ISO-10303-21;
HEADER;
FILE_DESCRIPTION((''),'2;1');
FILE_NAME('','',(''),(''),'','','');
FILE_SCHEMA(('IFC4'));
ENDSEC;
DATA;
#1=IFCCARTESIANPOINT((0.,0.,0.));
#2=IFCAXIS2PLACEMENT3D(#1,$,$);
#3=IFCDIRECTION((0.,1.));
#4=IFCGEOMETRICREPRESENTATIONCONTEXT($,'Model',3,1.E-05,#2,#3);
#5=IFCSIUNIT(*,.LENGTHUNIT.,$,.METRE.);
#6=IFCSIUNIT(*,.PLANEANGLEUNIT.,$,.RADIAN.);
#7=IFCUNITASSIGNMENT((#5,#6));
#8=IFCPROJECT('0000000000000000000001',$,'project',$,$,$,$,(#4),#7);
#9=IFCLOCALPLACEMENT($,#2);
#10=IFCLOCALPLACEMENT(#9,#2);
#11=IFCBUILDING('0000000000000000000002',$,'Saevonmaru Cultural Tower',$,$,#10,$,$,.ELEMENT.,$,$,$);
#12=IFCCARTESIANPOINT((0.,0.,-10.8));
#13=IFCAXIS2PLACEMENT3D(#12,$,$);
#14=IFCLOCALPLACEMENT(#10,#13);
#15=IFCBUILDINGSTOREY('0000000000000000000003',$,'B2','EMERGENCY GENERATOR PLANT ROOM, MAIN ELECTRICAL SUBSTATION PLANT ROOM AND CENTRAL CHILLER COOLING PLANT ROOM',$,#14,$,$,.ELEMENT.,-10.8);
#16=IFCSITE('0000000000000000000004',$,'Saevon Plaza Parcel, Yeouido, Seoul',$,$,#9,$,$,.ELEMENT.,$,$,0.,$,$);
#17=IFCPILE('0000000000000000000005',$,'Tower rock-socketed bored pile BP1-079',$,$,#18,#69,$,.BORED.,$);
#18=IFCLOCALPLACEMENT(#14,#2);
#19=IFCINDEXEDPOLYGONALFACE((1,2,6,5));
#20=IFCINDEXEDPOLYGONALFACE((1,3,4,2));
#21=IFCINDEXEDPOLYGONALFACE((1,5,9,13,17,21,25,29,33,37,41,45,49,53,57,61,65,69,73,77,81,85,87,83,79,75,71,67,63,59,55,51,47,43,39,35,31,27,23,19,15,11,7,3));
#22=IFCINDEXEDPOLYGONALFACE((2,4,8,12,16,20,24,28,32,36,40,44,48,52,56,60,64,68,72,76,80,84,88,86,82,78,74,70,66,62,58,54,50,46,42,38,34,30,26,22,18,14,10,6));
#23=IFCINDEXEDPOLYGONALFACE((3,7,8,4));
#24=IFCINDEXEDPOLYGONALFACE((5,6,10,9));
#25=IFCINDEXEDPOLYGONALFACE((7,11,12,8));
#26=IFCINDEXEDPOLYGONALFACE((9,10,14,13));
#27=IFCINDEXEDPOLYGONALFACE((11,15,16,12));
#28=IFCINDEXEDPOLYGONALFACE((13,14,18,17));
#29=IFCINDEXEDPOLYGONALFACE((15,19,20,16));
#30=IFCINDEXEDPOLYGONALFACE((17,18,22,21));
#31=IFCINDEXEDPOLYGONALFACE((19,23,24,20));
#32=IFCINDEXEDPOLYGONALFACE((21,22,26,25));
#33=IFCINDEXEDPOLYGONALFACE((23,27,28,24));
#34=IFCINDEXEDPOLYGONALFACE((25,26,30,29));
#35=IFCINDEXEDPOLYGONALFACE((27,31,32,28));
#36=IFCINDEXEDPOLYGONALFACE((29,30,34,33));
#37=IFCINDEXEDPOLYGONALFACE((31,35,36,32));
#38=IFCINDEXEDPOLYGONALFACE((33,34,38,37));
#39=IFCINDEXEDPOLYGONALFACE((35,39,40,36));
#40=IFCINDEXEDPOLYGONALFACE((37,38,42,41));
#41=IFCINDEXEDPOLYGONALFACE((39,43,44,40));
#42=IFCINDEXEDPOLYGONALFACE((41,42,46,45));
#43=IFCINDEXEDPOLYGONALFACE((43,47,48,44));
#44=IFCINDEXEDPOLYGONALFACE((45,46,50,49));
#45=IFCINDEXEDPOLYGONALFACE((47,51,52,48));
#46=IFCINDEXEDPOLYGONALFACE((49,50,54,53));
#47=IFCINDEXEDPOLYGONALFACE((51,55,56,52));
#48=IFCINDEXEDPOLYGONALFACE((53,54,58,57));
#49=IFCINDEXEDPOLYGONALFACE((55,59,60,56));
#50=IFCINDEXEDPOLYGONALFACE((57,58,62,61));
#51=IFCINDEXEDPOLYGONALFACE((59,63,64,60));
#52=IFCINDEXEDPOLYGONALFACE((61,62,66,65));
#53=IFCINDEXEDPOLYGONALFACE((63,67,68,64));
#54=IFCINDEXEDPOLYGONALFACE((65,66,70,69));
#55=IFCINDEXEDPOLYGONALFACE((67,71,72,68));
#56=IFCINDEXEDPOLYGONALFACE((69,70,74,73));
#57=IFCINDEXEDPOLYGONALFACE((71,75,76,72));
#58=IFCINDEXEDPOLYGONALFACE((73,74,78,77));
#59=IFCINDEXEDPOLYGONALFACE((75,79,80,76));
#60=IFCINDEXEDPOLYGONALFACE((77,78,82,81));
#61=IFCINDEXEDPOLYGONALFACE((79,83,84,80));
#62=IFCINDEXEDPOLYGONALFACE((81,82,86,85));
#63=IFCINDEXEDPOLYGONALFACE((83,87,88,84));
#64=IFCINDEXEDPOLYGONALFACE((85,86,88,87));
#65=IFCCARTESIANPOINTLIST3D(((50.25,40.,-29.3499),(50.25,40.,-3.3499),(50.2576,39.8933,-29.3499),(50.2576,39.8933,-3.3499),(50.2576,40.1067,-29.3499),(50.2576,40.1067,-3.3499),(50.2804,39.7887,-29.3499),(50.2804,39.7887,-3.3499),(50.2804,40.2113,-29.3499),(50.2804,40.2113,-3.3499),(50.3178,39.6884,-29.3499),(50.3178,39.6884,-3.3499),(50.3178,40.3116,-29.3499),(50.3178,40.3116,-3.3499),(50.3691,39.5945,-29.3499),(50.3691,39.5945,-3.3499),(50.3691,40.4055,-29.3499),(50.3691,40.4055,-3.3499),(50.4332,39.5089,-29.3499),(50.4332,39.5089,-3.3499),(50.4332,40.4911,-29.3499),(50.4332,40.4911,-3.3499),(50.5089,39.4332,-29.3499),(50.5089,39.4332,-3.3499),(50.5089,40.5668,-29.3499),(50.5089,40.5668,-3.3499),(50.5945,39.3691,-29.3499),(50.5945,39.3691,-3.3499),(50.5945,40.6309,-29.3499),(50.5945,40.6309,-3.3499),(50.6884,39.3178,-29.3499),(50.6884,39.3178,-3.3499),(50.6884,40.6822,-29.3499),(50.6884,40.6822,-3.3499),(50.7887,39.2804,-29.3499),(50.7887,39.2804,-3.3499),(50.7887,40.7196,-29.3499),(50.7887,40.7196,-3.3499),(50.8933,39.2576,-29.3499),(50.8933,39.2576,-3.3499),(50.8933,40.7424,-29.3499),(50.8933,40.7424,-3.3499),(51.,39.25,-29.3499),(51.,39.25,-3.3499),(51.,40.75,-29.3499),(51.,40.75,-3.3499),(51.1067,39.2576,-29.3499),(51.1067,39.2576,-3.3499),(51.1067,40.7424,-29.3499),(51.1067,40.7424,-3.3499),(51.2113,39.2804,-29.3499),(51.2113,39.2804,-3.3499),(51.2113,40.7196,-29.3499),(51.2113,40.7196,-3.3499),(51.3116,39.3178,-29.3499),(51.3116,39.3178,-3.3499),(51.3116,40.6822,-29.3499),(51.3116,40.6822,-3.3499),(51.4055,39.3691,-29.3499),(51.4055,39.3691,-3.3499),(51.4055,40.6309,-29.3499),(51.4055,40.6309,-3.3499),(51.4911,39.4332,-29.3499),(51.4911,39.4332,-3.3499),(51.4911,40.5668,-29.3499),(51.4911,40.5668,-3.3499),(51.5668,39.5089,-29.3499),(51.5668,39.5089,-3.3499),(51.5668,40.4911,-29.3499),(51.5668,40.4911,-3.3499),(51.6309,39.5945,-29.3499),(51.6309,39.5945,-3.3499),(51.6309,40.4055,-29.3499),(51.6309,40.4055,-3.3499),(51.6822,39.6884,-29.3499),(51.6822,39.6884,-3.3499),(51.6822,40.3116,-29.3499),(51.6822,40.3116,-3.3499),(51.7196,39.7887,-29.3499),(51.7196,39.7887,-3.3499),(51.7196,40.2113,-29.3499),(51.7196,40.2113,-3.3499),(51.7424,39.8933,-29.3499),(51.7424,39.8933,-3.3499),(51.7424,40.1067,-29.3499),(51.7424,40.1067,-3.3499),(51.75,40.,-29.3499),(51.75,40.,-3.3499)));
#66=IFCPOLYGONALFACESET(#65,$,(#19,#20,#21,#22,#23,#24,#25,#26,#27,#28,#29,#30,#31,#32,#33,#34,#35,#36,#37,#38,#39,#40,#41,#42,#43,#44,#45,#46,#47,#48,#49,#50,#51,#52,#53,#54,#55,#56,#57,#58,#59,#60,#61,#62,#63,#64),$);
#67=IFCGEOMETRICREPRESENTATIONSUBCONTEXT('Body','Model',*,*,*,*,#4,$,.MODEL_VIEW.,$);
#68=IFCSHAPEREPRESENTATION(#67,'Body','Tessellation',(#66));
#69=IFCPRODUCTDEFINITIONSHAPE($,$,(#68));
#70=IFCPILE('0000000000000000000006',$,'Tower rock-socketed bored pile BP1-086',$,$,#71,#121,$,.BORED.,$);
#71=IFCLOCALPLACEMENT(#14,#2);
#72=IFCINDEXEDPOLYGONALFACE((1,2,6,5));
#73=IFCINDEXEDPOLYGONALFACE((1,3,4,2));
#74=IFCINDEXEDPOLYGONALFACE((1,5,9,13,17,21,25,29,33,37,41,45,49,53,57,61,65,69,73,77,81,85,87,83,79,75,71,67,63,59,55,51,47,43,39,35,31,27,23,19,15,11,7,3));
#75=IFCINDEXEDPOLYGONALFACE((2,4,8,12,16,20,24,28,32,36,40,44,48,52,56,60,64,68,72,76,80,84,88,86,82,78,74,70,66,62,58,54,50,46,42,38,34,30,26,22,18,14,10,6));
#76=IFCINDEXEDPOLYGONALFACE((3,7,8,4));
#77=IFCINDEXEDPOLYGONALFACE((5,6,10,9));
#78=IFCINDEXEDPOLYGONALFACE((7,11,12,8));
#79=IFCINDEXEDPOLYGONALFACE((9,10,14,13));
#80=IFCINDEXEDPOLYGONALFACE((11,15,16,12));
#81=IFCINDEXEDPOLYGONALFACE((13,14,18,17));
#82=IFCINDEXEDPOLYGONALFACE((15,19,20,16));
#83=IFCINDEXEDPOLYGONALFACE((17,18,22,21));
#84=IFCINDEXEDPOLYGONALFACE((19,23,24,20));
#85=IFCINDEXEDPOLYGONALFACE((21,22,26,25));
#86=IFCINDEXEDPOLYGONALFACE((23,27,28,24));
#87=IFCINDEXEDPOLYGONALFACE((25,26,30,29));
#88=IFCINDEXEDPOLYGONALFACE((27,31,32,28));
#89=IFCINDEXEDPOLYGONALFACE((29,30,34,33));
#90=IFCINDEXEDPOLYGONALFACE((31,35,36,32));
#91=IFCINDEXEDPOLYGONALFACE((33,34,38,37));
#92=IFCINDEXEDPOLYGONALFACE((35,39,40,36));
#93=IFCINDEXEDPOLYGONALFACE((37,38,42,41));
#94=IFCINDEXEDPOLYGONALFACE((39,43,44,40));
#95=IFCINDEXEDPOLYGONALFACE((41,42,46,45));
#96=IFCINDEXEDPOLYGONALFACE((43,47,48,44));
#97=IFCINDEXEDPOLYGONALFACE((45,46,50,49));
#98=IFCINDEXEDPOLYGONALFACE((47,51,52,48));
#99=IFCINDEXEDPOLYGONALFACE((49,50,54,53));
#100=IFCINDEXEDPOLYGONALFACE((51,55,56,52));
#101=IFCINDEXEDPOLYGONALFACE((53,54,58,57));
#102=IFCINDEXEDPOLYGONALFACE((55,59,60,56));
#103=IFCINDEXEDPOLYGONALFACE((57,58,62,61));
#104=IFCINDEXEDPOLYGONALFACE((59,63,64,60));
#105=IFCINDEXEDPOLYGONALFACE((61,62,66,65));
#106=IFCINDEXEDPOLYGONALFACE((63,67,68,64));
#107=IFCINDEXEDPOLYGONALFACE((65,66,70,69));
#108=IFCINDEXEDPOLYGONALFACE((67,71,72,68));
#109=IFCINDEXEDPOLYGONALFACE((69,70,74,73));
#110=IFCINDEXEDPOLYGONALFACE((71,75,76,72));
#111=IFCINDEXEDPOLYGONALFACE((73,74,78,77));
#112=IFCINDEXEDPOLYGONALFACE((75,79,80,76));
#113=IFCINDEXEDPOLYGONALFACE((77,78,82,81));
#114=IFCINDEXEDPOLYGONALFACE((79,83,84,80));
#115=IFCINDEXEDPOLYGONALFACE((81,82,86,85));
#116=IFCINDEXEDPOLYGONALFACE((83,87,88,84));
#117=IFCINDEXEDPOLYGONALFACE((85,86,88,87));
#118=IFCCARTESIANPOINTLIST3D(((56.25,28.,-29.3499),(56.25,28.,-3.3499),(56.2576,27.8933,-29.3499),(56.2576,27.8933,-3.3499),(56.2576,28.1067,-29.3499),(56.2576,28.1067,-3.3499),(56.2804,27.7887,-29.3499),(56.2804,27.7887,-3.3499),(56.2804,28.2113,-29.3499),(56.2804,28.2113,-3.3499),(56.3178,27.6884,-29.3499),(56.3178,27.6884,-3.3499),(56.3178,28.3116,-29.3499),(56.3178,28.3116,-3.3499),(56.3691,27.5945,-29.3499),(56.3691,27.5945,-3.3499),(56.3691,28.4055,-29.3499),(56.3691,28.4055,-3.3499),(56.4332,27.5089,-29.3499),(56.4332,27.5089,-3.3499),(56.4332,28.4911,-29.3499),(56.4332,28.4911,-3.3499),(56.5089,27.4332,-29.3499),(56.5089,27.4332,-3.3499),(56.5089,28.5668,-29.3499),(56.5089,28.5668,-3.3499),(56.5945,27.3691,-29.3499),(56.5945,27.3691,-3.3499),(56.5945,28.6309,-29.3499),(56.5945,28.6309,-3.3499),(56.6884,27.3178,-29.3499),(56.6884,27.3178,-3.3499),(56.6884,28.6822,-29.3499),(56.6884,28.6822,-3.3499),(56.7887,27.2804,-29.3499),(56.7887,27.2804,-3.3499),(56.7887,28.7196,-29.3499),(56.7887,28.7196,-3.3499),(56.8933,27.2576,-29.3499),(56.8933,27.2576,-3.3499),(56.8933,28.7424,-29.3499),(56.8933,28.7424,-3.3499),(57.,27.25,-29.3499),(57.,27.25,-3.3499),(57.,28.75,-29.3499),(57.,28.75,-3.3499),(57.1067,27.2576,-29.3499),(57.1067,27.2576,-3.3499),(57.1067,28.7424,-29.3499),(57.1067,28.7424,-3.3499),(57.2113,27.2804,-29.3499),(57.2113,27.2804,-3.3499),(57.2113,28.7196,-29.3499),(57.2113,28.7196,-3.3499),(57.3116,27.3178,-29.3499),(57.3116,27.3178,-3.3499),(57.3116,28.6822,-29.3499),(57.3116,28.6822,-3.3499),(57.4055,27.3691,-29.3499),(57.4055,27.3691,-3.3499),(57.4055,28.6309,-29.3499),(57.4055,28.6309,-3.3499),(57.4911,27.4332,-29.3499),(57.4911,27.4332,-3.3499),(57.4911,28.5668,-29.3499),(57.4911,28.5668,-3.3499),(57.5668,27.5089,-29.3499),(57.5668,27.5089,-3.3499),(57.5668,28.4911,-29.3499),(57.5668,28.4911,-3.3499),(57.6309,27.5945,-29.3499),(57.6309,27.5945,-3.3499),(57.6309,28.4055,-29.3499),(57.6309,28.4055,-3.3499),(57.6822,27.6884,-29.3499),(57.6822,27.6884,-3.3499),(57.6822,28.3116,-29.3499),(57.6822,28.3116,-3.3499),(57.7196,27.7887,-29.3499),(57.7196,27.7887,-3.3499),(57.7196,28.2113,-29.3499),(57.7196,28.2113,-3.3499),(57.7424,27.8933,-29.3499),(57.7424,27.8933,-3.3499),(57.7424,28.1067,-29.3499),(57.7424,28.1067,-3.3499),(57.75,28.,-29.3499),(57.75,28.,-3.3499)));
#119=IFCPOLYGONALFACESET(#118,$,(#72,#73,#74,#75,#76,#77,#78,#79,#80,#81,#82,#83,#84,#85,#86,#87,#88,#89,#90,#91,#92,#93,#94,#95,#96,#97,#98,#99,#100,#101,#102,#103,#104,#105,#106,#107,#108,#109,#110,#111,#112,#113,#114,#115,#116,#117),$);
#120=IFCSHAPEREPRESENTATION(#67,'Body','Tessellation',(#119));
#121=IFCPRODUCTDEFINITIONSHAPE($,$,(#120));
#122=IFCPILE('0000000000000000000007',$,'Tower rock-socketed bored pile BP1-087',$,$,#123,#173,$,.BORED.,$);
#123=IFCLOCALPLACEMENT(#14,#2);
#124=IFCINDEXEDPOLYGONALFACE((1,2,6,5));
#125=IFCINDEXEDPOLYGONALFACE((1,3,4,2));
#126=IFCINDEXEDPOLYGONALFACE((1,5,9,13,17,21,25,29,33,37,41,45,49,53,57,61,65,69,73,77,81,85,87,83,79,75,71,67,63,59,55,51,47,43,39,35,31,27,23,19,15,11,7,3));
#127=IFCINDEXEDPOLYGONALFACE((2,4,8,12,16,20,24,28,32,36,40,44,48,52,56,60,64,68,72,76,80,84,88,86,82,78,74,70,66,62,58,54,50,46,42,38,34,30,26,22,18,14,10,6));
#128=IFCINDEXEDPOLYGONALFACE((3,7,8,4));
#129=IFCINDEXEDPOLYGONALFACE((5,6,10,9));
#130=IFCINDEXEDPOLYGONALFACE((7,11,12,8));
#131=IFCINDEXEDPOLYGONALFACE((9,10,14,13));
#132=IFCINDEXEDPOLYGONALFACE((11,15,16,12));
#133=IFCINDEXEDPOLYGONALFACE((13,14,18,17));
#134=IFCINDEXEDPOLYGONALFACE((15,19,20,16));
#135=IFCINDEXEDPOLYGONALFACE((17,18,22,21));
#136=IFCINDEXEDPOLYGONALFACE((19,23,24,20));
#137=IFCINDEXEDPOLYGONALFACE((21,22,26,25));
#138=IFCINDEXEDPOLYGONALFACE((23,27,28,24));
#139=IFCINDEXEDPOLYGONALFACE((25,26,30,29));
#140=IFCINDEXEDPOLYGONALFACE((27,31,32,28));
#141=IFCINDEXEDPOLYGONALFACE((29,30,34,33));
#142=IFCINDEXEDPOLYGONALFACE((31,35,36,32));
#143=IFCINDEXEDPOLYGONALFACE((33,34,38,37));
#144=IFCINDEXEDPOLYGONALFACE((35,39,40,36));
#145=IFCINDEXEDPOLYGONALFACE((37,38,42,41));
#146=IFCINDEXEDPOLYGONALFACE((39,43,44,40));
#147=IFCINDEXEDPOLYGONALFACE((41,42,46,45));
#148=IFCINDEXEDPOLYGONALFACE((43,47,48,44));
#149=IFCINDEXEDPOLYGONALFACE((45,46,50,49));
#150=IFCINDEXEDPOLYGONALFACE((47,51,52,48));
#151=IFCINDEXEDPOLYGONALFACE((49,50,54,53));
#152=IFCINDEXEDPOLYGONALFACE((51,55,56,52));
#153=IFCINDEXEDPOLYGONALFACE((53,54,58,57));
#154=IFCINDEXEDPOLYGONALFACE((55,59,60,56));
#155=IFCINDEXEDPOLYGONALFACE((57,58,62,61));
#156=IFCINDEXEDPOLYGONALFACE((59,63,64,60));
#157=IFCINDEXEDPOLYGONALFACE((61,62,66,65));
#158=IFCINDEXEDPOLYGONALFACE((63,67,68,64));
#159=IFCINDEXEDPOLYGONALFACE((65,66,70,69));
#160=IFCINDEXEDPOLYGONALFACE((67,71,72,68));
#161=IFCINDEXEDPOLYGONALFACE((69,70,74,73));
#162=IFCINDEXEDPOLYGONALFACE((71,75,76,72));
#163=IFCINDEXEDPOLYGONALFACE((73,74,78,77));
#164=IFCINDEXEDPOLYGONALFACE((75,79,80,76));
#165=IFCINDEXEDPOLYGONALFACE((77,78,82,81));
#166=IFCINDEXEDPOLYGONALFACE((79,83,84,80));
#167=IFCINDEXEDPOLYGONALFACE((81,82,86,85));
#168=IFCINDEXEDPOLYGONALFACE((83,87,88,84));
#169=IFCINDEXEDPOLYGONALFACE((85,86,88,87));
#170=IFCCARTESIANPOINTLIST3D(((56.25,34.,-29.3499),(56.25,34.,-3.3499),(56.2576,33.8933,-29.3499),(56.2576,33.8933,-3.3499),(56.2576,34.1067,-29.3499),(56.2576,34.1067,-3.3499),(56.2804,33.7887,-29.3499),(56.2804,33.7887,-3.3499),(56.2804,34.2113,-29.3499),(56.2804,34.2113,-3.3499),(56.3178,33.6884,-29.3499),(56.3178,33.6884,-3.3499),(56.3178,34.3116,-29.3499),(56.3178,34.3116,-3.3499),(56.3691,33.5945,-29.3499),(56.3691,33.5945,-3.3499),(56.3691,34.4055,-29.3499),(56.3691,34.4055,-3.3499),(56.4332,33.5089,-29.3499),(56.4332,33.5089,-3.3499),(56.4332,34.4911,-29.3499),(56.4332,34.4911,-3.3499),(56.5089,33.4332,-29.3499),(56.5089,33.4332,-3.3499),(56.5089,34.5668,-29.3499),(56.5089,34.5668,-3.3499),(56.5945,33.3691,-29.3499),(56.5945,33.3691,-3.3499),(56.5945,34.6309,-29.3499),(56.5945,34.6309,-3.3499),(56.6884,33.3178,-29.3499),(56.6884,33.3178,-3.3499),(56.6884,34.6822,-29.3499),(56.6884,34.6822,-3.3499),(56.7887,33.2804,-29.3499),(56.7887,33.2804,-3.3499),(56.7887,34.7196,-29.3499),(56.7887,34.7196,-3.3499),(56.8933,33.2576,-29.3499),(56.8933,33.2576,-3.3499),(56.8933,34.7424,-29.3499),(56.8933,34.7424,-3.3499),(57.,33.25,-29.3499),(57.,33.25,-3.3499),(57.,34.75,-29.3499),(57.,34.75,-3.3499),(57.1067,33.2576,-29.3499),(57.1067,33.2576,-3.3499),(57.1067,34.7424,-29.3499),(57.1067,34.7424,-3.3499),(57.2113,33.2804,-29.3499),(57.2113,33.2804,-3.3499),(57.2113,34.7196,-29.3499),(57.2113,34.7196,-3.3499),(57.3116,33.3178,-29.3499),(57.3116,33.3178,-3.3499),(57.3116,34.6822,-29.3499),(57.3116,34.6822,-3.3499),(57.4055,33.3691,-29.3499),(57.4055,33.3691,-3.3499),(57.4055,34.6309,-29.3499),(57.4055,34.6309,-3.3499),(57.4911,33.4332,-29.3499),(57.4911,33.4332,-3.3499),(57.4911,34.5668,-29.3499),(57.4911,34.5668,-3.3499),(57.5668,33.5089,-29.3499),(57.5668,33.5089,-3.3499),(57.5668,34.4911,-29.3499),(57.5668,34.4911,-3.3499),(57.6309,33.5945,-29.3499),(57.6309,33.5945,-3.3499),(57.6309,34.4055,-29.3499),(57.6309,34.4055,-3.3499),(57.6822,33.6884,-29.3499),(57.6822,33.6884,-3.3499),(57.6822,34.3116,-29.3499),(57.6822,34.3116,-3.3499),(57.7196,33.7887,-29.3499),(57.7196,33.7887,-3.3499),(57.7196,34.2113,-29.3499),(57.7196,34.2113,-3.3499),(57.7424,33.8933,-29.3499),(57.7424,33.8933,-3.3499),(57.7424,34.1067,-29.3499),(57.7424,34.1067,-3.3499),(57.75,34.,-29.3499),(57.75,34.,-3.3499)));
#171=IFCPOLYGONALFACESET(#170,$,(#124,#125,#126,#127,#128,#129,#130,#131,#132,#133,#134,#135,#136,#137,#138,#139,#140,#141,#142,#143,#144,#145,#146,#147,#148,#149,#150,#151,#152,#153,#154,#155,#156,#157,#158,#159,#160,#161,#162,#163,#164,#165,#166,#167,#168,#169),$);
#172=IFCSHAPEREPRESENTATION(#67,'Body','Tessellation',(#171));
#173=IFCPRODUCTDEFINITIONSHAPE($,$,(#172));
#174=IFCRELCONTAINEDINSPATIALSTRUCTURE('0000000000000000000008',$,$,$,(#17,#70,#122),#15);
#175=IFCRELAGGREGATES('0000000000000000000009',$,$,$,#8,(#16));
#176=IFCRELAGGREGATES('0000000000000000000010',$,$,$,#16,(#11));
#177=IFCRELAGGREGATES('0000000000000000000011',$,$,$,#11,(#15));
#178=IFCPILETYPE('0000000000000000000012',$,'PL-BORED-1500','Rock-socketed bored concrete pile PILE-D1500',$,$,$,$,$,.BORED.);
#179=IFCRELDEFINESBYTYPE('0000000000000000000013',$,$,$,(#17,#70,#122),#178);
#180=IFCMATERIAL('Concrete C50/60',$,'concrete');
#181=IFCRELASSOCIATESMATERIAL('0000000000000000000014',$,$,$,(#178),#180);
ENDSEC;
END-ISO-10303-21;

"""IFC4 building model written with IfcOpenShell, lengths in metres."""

from ifc_helpers import new_model, si_unit, direction, frame, origin, origin_2d, place, context, subcontext, project, spatial, circle, extrude, material, material_profile, profile_set, type_object, element, save


model = new_model("IFC4")

# Units and contexts
model_context = context("Model", 3, precision=1e-05, world=origin(), true_north=direction((0.0, 1.0)))
body_context = subcontext(model_context, "Body", "Model", "MODEL_VIEW")
ifc_project = project(units=[si_unit("LENGTHUNIT", "METRE"), si_unit("PLANEANGLEUNIT", "RADIAN")], contexts=[model_context])

# Site, building, storey
site_placement = place(None, origin())
site = spatial("IfcSite", under=ifc_project, at=site_placement, Name="Saevon Plaza Parcel, Yeouido, Seoul", CompositionType="ELEMENT", RefElevation=0.0)
building_placement = place(site_placement, origin())
building = spatial("IfcBuilding", under=site, at=building_placement, Name="Saevonmaru Cultural Tower", CompositionType="ELEMENT")
storey_placement = place(building_placement, frame((0.0, 0.0, -10.8)))
storey = spatial("IfcBuildingStorey", under=building, at=storey_placement, Name="B2", Description="EMERGENCY GENERATOR PLANT ROOM, MAIN ELECTRICAL SUBSTATION PLANT ROOM AND CENTRAL CHILLER COOLING PLANT ROOM", CompositionType="ELEMENT", Elevation=-10.8)

# Piles
ifc_material_1 = material(Name="Concrete C50/60", Category="concrete")
ifc_material_profile_1 = material_profile(ifc_material_1, circle(Radius=0.75, at=origin_2d()), Name="PILE-D1500")
ifc_profile_set_1 = profile_set([ifc_material_profile_1], Name="Concrete C50/60")
pile_type_1 = type_object("IfcPileType", Name="PL-BORED-1500", Description="Rock-socketed bored concrete pile PILE-D1500", PredefinedType="BORED", material=ifc_profile_set_1)
for number, where, z_axis, x_axis, name in (
    (1, (51.0, 40.0, -3.3499), (0.0, 0.0, -1.0), (1.0, 0.0, 0.0), "Tower rock-socketed bored pile BP1-079"),
    (2, (57.0, 28.0, -3.3499), (0.0, 0.0, -1.0), (1.0, 0.0, 0.0), "Tower rock-socketed bored pile BP1-086"),
    (3, (57.0, 34.0, -3.3499), (0.0, 0.0, -1.0), (1.0, 0.0, 0.0), "Tower rock-socketed bored pile BP1-087"),
):
    element("IfcPile", number, at=place(storey_placement, frame(where, z_axis=z_axis, x_axis=x_axis)), inside=storey, type_object=pile_type_1, Name=name, PredefinedType="BORED", context=body_context, shape_type="SweptSolid", body=[
        extrude(circle(Radius=0.75, at=origin_2d()), origin(), (0.0, 0.0, 1.0), 26.0),
    ])

save(model, "model.ifc")
